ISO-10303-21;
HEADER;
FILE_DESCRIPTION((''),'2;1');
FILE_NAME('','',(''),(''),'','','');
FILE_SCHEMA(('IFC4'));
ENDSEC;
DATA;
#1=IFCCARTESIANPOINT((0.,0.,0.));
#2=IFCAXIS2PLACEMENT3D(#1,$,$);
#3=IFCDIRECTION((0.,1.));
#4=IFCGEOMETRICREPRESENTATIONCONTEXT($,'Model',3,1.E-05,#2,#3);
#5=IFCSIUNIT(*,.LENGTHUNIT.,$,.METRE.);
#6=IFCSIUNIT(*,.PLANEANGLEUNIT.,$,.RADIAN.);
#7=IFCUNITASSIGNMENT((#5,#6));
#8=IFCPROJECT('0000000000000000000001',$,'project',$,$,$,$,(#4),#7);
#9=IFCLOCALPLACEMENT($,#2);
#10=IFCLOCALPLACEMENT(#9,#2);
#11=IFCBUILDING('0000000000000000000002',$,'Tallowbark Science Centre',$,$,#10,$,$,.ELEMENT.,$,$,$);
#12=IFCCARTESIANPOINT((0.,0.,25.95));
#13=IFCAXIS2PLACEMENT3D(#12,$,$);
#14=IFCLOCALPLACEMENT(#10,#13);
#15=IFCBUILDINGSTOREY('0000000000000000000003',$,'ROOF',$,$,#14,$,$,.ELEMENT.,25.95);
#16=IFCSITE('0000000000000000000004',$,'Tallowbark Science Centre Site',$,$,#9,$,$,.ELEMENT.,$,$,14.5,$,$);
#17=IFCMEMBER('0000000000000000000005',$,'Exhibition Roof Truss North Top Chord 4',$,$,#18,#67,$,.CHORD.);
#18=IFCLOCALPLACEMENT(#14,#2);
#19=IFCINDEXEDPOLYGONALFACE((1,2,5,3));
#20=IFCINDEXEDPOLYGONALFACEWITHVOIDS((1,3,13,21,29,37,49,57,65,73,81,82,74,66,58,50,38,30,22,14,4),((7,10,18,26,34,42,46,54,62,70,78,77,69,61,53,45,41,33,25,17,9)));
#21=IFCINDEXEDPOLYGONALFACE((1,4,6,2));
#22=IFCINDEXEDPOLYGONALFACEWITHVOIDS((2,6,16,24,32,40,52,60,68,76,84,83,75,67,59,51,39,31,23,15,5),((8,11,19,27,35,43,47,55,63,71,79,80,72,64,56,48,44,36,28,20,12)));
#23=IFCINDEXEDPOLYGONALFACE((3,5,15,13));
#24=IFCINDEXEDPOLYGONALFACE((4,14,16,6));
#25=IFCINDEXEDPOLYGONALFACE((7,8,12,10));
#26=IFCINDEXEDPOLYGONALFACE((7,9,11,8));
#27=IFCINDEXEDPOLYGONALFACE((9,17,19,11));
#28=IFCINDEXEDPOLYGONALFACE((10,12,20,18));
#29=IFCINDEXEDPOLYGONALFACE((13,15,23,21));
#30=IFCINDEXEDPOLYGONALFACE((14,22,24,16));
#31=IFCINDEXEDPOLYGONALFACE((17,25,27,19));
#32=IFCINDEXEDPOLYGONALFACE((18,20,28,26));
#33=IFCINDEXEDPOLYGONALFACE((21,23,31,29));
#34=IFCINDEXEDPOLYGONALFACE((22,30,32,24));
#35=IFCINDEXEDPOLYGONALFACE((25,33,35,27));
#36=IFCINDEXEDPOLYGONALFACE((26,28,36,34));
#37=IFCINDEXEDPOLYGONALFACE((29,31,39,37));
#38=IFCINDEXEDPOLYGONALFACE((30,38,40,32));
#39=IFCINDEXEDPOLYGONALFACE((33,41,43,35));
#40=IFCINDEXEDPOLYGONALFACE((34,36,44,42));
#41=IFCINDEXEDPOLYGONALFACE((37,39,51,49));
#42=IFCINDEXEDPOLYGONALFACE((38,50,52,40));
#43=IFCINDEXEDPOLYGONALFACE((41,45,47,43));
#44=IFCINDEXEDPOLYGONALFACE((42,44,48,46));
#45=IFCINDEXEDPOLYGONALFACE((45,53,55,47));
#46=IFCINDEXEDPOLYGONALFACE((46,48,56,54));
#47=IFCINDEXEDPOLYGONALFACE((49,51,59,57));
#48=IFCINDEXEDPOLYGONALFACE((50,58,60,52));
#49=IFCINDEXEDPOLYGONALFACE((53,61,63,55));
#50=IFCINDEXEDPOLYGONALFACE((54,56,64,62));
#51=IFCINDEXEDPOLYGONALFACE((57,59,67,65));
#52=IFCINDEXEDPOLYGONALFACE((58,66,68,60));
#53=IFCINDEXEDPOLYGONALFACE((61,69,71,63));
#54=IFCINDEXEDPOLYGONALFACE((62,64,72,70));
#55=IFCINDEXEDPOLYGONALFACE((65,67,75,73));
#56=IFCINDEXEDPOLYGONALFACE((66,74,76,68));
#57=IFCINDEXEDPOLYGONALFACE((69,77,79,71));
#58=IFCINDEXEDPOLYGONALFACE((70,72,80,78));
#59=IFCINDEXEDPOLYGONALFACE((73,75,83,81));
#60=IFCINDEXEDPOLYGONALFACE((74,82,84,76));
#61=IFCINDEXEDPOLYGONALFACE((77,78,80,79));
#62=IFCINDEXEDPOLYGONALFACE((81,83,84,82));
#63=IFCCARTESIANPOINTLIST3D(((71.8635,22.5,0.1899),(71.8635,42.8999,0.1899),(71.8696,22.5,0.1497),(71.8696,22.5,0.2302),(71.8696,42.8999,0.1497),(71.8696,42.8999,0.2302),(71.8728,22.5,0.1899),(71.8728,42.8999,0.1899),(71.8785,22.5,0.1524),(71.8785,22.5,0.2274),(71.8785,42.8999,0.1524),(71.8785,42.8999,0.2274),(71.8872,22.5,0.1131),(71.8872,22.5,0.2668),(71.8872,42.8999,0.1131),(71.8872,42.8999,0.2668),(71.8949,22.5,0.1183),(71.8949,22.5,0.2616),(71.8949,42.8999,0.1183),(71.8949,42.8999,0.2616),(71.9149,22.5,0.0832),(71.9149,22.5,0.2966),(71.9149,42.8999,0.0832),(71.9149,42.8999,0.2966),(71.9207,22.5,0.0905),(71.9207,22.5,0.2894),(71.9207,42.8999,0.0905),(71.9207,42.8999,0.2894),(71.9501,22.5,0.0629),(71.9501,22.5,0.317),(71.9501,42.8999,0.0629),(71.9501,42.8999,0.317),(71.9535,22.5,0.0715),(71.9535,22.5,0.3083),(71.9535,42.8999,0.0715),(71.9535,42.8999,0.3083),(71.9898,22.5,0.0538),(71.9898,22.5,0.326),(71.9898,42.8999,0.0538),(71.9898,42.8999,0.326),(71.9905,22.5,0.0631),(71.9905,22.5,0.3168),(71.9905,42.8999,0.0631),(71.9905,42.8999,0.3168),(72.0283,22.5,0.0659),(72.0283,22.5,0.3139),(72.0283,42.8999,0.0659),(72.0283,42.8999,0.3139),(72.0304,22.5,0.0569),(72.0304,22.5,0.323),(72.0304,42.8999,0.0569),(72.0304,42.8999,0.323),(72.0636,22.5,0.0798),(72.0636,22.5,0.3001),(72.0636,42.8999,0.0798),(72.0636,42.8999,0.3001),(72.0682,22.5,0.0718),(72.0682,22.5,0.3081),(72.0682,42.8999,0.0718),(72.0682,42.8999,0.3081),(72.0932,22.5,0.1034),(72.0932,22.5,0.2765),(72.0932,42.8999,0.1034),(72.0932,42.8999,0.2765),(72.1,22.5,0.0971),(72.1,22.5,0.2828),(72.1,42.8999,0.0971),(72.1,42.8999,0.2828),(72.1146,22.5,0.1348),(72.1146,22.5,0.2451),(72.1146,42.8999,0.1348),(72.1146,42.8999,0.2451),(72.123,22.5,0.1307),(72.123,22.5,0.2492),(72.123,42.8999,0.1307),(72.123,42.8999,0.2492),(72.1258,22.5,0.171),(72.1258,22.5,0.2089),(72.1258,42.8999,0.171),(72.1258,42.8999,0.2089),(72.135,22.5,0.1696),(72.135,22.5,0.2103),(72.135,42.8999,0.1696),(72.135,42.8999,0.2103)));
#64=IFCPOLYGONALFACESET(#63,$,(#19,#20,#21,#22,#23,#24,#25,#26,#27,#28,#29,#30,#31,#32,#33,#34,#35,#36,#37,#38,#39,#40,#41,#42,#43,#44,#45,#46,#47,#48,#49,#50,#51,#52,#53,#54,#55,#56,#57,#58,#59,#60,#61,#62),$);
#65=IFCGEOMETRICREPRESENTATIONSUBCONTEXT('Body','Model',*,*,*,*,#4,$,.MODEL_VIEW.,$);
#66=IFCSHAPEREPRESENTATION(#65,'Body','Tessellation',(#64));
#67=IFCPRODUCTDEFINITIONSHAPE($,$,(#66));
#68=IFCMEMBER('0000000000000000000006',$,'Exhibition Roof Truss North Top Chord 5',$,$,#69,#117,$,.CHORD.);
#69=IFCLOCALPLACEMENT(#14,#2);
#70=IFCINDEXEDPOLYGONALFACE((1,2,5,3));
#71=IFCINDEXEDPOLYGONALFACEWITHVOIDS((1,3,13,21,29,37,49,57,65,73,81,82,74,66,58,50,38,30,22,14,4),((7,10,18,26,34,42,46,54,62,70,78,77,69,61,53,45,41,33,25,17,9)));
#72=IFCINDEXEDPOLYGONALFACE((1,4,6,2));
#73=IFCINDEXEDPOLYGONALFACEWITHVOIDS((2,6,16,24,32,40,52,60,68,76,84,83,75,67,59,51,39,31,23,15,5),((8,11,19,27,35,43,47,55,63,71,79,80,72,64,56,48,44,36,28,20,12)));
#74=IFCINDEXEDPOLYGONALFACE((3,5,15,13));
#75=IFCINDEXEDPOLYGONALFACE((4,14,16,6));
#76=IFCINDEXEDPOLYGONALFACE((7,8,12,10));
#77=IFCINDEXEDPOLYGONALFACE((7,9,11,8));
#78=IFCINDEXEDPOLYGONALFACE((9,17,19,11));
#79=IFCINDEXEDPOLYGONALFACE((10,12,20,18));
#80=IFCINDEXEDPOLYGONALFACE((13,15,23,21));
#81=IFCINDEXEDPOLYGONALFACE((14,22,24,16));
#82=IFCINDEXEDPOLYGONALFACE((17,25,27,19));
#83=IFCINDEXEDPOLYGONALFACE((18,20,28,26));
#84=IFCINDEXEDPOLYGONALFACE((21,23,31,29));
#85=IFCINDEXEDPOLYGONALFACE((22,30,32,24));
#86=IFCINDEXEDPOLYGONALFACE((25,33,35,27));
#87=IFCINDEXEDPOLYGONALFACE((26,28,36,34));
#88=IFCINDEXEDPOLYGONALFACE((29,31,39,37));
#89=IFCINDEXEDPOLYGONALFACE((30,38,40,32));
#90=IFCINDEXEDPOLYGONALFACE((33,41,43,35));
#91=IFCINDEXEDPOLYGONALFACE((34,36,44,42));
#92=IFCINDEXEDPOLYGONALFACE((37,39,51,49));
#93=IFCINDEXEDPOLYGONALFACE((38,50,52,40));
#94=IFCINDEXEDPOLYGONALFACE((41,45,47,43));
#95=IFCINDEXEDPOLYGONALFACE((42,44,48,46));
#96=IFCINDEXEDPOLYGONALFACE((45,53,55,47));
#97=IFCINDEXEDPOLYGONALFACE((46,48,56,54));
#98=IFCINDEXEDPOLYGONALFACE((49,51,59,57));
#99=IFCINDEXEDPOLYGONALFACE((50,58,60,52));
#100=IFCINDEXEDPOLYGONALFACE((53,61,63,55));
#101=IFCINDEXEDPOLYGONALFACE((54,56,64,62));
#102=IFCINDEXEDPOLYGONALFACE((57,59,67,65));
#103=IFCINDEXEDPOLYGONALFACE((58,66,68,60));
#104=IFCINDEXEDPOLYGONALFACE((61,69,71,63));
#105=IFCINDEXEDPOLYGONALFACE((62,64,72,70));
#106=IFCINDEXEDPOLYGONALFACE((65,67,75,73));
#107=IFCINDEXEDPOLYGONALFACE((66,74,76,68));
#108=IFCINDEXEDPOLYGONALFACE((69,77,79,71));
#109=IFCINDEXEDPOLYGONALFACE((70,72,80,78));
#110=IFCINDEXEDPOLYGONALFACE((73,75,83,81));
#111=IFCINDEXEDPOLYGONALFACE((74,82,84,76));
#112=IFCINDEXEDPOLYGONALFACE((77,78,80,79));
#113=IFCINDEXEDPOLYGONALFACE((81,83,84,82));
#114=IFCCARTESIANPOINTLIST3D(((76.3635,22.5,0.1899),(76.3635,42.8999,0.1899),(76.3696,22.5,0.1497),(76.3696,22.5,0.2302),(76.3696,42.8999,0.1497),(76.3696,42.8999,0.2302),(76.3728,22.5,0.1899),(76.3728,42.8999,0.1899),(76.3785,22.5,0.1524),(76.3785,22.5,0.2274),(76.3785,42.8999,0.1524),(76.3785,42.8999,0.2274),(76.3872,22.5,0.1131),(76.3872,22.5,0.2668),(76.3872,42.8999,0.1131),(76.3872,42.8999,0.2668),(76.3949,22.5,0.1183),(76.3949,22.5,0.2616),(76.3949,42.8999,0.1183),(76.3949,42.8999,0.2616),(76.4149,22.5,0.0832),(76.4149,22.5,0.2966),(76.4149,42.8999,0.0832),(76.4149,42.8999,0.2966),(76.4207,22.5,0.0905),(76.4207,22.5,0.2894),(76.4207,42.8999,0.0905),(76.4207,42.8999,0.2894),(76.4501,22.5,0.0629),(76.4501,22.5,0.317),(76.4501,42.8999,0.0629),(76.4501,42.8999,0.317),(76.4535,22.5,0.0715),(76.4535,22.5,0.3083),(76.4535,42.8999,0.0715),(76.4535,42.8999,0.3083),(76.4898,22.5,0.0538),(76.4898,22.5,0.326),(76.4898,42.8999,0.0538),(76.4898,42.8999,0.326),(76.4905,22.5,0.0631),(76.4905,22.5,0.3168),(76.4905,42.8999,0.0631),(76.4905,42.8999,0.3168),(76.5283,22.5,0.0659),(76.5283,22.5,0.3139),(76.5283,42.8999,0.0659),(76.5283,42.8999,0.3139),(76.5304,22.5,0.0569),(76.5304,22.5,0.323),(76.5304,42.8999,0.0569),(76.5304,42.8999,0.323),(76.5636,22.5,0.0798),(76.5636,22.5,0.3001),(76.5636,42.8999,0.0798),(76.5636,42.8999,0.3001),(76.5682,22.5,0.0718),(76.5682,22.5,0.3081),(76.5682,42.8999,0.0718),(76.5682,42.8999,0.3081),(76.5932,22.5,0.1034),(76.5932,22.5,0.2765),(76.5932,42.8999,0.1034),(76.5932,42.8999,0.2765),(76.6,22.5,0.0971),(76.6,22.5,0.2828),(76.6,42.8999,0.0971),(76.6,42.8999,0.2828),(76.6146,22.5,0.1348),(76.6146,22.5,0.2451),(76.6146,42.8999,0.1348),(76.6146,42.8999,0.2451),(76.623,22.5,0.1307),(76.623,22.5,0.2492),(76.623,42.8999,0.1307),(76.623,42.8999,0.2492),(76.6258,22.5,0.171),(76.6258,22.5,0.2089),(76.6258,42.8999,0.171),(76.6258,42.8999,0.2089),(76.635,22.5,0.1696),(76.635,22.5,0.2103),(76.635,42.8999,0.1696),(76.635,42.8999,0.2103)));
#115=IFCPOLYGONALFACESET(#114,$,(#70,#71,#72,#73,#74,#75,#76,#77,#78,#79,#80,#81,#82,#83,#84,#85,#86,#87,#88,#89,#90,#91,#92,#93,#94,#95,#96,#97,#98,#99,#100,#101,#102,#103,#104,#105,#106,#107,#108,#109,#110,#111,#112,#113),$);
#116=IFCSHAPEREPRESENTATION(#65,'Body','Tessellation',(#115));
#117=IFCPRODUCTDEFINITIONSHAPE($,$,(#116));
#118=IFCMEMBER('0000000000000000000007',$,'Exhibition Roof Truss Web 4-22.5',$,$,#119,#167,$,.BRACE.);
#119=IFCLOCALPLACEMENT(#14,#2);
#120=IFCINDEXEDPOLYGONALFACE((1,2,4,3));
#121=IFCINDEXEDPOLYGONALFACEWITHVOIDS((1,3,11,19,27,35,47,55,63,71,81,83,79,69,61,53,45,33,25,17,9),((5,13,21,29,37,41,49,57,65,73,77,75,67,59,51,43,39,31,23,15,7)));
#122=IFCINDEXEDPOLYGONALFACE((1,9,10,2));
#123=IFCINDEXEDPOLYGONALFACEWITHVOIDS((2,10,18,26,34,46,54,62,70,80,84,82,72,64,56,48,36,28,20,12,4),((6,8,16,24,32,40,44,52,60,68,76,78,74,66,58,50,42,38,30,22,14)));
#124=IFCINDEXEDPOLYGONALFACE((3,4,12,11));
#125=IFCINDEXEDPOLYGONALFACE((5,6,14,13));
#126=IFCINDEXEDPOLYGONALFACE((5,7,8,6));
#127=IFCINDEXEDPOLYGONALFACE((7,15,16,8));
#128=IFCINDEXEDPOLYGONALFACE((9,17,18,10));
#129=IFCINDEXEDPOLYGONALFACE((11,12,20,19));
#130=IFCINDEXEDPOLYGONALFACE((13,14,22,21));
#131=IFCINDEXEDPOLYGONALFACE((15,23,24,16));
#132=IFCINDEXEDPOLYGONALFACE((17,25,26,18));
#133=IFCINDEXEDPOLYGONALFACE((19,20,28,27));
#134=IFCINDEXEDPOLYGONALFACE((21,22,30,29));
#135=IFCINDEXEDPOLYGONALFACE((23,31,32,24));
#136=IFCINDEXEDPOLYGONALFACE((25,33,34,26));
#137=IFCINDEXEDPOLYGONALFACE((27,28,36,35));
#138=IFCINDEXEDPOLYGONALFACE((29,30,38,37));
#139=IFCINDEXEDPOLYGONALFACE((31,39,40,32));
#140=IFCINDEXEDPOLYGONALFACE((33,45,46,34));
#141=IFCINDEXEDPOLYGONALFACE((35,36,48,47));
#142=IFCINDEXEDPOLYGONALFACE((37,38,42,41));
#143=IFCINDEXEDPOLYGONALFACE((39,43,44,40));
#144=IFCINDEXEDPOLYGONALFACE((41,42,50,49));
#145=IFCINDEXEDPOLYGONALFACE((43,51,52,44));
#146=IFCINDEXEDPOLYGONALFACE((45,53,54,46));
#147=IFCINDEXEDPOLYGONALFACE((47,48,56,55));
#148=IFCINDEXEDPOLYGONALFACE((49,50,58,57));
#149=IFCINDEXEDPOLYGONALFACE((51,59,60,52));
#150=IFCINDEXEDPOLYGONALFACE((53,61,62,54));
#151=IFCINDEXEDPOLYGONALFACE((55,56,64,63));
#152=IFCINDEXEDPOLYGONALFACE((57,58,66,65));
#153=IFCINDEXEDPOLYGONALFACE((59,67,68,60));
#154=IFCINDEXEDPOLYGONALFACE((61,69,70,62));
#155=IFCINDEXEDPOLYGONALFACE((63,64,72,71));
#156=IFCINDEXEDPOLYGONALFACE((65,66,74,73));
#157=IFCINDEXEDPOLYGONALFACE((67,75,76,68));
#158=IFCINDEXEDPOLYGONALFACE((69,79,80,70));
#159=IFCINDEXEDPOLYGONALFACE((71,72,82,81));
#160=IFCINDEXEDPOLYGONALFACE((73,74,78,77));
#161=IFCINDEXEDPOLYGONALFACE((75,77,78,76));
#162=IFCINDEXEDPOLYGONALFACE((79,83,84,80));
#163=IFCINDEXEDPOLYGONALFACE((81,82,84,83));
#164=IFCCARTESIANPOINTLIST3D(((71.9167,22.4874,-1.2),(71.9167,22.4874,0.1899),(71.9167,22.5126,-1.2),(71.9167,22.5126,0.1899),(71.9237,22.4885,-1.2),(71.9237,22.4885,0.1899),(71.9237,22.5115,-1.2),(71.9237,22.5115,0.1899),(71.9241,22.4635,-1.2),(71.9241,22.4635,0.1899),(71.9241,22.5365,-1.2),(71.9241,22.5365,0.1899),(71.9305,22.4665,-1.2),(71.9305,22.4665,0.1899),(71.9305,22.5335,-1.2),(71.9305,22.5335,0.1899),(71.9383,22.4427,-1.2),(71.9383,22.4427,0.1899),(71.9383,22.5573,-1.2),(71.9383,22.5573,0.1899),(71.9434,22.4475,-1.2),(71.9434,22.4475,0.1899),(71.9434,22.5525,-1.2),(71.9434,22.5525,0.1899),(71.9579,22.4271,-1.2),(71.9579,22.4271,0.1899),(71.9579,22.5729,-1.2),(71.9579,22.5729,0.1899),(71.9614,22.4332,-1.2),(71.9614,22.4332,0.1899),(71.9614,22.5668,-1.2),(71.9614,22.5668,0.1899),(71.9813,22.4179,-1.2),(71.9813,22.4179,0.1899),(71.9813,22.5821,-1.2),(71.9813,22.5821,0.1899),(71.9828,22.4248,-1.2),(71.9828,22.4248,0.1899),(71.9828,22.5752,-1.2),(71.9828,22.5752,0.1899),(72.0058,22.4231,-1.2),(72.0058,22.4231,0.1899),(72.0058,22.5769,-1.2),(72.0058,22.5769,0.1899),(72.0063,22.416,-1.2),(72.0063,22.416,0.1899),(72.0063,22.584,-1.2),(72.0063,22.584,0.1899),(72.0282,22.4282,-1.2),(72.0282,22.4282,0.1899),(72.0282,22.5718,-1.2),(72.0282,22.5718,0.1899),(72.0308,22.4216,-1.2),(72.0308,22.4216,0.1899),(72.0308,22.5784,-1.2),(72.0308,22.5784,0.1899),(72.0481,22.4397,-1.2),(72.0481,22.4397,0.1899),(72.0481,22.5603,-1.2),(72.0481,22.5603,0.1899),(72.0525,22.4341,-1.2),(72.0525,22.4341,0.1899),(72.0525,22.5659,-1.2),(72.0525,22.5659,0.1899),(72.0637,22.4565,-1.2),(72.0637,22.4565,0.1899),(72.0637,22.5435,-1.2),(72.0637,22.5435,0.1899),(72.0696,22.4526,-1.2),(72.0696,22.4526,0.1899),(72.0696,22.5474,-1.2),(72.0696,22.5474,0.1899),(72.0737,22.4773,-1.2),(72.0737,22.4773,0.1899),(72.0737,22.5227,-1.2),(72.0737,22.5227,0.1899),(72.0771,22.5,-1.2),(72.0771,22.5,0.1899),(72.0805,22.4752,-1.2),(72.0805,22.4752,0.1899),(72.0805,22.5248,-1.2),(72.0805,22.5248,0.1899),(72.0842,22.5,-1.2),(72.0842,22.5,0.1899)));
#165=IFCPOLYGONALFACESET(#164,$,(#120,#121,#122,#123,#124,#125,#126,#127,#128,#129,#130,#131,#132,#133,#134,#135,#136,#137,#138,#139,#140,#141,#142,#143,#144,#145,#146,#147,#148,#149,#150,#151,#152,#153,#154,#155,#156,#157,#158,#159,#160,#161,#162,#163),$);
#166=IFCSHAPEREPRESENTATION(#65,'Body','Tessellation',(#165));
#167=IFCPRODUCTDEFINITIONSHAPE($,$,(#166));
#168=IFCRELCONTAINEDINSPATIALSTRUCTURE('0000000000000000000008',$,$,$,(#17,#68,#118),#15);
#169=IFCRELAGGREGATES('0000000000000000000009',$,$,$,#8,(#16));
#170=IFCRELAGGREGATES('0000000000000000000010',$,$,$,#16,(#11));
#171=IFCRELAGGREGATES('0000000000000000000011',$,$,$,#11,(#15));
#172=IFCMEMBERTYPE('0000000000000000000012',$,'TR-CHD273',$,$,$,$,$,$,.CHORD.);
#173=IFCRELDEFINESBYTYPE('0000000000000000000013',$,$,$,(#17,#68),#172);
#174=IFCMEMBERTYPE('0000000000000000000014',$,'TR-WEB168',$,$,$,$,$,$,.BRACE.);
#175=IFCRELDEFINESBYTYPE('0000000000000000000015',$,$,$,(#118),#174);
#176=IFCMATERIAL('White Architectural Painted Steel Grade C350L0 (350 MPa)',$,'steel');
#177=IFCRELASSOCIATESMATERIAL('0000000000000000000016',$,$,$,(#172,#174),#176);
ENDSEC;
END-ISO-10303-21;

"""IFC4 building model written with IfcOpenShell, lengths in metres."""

from ifc_helpers import new_model, si_unit, direction, frame, origin, origin_2d, place, context, subcontext, project, spatial, hollow_circle, extrude, material, material_profile, profile_set, type_object, element, save


model = new_model("IFC4")

# Units and contexts
model_context = context("Model", 3, precision=1e-05, world=origin(), true_north=direction((0.0, 1.0)))
body_context = subcontext(model_context, "Body", "Model", "MODEL_VIEW")
ifc_project = project(units=[si_unit("LENGTHUNIT", "METRE"), si_unit("PLANEANGLEUNIT", "RADIAN")], contexts=[model_context])

# Site, building, storey
site_placement = place(None, origin())
site = spatial("IfcSite", under=ifc_project, at=site_placement, Name="Tallowbark Science Centre Site", CompositionType="ELEMENT", RefElevation=14.5)
building_placement = place(site_placement, origin())
building = spatial("IfcBuilding", under=site, at=building_placement, Name="Tallowbark Science Centre", CompositionType="ELEMENT")
storey_placement = place(building_placement, frame((0.0, 0.0, 25.95)))
storey = spatial("IfcBuildingStorey", under=building, at=storey_placement, Name="ROOF", CompositionType="ELEMENT", Elevation=25.95)

# Members
ifc_material_1 = material(Name="White Architectural Painted Steel Grade C350L0 (350 MPa)", Category="steel")
ifc_material_profile_1 = material_profile(ifc_material_1, hollow_circle(Radius=0.1365, WallThickness=0.0093, at=origin_2d()), Name="273.1x9.3CHS")
ifc_profile_set_1 = profile_set([ifc_material_profile_1], Name="White Architectural Painted Steel Grade C350L0 (350 MPa)")
member_type_1 = type_object("IfcMemberType", Name="TR-CHD273", PredefinedType="CHORD", material=ifc_profile_set_1)
for number, where, z_axis, x_axis, name in (
    (1, (72.0, 22.5, 0.1899), (0.0, 1.0, 0.0), (-1.0, 0.0, 0.0), "Exhibition Roof Truss North Top Chord 4"),
    (2, (76.5, 22.5, 0.1899), (0.0, 1.0, 0.0), (-1.0, 0.0, 0.0), "Exhibition Roof Truss North Top Chord 5"),
):
    element("IfcMember", number, at=place(storey_placement, frame(where, z_axis=z_axis, x_axis=x_axis)), inside=storey, type_object=member_type_1, Name=name, PredefinedType="CHORD", context=body_context, shape_type="SweptSolid", body=[
        extrude(hollow_circle(Radius=0.1365, WallThickness=0.0093, at=origin_2d()), origin(), (0.0, 0.0, 1.0), 20.3999),
    ])
ifc_material_profile_2 = material_profile(ifc_material_1, hollow_circle(Radius=0.0842, WallThickness=0.0071, at=origin_2d()), Name="168.3x7.1CHS")
ifc_profile_set_2 = profile_set([ifc_material_profile_2], Name="White Architectural Painted Steel Grade C350L0 (350 MPa)")
member_type_2 = type_object("IfcMemberType", Name="TR-WEB168", PredefinedType="BRACE", material=ifc_profile_set_2)
for number, where, z_axis, x_axis, name in (
    (3, (72.0, 22.5, -1.2), (0.0, 0.0, 1.0), (1.0, 0.0, 0.0), "Exhibition Roof Truss Web 4-22.5"),
):
    element("IfcMember", number, at=place(storey_placement, frame(where, z_axis=z_axis, x_axis=x_axis)), inside=storey, type_object=member_type_2, Name=name, PredefinedType="BRACE", context=body_context, shape_type="SweptSolid", body=[
        extrude(hollow_circle(Radius=0.0842, WallThickness=0.0071, at=origin_2d()), origin(), (0.0, 0.0, 1.0), 1.3899),
    ])

save(model, "model.ifc")
